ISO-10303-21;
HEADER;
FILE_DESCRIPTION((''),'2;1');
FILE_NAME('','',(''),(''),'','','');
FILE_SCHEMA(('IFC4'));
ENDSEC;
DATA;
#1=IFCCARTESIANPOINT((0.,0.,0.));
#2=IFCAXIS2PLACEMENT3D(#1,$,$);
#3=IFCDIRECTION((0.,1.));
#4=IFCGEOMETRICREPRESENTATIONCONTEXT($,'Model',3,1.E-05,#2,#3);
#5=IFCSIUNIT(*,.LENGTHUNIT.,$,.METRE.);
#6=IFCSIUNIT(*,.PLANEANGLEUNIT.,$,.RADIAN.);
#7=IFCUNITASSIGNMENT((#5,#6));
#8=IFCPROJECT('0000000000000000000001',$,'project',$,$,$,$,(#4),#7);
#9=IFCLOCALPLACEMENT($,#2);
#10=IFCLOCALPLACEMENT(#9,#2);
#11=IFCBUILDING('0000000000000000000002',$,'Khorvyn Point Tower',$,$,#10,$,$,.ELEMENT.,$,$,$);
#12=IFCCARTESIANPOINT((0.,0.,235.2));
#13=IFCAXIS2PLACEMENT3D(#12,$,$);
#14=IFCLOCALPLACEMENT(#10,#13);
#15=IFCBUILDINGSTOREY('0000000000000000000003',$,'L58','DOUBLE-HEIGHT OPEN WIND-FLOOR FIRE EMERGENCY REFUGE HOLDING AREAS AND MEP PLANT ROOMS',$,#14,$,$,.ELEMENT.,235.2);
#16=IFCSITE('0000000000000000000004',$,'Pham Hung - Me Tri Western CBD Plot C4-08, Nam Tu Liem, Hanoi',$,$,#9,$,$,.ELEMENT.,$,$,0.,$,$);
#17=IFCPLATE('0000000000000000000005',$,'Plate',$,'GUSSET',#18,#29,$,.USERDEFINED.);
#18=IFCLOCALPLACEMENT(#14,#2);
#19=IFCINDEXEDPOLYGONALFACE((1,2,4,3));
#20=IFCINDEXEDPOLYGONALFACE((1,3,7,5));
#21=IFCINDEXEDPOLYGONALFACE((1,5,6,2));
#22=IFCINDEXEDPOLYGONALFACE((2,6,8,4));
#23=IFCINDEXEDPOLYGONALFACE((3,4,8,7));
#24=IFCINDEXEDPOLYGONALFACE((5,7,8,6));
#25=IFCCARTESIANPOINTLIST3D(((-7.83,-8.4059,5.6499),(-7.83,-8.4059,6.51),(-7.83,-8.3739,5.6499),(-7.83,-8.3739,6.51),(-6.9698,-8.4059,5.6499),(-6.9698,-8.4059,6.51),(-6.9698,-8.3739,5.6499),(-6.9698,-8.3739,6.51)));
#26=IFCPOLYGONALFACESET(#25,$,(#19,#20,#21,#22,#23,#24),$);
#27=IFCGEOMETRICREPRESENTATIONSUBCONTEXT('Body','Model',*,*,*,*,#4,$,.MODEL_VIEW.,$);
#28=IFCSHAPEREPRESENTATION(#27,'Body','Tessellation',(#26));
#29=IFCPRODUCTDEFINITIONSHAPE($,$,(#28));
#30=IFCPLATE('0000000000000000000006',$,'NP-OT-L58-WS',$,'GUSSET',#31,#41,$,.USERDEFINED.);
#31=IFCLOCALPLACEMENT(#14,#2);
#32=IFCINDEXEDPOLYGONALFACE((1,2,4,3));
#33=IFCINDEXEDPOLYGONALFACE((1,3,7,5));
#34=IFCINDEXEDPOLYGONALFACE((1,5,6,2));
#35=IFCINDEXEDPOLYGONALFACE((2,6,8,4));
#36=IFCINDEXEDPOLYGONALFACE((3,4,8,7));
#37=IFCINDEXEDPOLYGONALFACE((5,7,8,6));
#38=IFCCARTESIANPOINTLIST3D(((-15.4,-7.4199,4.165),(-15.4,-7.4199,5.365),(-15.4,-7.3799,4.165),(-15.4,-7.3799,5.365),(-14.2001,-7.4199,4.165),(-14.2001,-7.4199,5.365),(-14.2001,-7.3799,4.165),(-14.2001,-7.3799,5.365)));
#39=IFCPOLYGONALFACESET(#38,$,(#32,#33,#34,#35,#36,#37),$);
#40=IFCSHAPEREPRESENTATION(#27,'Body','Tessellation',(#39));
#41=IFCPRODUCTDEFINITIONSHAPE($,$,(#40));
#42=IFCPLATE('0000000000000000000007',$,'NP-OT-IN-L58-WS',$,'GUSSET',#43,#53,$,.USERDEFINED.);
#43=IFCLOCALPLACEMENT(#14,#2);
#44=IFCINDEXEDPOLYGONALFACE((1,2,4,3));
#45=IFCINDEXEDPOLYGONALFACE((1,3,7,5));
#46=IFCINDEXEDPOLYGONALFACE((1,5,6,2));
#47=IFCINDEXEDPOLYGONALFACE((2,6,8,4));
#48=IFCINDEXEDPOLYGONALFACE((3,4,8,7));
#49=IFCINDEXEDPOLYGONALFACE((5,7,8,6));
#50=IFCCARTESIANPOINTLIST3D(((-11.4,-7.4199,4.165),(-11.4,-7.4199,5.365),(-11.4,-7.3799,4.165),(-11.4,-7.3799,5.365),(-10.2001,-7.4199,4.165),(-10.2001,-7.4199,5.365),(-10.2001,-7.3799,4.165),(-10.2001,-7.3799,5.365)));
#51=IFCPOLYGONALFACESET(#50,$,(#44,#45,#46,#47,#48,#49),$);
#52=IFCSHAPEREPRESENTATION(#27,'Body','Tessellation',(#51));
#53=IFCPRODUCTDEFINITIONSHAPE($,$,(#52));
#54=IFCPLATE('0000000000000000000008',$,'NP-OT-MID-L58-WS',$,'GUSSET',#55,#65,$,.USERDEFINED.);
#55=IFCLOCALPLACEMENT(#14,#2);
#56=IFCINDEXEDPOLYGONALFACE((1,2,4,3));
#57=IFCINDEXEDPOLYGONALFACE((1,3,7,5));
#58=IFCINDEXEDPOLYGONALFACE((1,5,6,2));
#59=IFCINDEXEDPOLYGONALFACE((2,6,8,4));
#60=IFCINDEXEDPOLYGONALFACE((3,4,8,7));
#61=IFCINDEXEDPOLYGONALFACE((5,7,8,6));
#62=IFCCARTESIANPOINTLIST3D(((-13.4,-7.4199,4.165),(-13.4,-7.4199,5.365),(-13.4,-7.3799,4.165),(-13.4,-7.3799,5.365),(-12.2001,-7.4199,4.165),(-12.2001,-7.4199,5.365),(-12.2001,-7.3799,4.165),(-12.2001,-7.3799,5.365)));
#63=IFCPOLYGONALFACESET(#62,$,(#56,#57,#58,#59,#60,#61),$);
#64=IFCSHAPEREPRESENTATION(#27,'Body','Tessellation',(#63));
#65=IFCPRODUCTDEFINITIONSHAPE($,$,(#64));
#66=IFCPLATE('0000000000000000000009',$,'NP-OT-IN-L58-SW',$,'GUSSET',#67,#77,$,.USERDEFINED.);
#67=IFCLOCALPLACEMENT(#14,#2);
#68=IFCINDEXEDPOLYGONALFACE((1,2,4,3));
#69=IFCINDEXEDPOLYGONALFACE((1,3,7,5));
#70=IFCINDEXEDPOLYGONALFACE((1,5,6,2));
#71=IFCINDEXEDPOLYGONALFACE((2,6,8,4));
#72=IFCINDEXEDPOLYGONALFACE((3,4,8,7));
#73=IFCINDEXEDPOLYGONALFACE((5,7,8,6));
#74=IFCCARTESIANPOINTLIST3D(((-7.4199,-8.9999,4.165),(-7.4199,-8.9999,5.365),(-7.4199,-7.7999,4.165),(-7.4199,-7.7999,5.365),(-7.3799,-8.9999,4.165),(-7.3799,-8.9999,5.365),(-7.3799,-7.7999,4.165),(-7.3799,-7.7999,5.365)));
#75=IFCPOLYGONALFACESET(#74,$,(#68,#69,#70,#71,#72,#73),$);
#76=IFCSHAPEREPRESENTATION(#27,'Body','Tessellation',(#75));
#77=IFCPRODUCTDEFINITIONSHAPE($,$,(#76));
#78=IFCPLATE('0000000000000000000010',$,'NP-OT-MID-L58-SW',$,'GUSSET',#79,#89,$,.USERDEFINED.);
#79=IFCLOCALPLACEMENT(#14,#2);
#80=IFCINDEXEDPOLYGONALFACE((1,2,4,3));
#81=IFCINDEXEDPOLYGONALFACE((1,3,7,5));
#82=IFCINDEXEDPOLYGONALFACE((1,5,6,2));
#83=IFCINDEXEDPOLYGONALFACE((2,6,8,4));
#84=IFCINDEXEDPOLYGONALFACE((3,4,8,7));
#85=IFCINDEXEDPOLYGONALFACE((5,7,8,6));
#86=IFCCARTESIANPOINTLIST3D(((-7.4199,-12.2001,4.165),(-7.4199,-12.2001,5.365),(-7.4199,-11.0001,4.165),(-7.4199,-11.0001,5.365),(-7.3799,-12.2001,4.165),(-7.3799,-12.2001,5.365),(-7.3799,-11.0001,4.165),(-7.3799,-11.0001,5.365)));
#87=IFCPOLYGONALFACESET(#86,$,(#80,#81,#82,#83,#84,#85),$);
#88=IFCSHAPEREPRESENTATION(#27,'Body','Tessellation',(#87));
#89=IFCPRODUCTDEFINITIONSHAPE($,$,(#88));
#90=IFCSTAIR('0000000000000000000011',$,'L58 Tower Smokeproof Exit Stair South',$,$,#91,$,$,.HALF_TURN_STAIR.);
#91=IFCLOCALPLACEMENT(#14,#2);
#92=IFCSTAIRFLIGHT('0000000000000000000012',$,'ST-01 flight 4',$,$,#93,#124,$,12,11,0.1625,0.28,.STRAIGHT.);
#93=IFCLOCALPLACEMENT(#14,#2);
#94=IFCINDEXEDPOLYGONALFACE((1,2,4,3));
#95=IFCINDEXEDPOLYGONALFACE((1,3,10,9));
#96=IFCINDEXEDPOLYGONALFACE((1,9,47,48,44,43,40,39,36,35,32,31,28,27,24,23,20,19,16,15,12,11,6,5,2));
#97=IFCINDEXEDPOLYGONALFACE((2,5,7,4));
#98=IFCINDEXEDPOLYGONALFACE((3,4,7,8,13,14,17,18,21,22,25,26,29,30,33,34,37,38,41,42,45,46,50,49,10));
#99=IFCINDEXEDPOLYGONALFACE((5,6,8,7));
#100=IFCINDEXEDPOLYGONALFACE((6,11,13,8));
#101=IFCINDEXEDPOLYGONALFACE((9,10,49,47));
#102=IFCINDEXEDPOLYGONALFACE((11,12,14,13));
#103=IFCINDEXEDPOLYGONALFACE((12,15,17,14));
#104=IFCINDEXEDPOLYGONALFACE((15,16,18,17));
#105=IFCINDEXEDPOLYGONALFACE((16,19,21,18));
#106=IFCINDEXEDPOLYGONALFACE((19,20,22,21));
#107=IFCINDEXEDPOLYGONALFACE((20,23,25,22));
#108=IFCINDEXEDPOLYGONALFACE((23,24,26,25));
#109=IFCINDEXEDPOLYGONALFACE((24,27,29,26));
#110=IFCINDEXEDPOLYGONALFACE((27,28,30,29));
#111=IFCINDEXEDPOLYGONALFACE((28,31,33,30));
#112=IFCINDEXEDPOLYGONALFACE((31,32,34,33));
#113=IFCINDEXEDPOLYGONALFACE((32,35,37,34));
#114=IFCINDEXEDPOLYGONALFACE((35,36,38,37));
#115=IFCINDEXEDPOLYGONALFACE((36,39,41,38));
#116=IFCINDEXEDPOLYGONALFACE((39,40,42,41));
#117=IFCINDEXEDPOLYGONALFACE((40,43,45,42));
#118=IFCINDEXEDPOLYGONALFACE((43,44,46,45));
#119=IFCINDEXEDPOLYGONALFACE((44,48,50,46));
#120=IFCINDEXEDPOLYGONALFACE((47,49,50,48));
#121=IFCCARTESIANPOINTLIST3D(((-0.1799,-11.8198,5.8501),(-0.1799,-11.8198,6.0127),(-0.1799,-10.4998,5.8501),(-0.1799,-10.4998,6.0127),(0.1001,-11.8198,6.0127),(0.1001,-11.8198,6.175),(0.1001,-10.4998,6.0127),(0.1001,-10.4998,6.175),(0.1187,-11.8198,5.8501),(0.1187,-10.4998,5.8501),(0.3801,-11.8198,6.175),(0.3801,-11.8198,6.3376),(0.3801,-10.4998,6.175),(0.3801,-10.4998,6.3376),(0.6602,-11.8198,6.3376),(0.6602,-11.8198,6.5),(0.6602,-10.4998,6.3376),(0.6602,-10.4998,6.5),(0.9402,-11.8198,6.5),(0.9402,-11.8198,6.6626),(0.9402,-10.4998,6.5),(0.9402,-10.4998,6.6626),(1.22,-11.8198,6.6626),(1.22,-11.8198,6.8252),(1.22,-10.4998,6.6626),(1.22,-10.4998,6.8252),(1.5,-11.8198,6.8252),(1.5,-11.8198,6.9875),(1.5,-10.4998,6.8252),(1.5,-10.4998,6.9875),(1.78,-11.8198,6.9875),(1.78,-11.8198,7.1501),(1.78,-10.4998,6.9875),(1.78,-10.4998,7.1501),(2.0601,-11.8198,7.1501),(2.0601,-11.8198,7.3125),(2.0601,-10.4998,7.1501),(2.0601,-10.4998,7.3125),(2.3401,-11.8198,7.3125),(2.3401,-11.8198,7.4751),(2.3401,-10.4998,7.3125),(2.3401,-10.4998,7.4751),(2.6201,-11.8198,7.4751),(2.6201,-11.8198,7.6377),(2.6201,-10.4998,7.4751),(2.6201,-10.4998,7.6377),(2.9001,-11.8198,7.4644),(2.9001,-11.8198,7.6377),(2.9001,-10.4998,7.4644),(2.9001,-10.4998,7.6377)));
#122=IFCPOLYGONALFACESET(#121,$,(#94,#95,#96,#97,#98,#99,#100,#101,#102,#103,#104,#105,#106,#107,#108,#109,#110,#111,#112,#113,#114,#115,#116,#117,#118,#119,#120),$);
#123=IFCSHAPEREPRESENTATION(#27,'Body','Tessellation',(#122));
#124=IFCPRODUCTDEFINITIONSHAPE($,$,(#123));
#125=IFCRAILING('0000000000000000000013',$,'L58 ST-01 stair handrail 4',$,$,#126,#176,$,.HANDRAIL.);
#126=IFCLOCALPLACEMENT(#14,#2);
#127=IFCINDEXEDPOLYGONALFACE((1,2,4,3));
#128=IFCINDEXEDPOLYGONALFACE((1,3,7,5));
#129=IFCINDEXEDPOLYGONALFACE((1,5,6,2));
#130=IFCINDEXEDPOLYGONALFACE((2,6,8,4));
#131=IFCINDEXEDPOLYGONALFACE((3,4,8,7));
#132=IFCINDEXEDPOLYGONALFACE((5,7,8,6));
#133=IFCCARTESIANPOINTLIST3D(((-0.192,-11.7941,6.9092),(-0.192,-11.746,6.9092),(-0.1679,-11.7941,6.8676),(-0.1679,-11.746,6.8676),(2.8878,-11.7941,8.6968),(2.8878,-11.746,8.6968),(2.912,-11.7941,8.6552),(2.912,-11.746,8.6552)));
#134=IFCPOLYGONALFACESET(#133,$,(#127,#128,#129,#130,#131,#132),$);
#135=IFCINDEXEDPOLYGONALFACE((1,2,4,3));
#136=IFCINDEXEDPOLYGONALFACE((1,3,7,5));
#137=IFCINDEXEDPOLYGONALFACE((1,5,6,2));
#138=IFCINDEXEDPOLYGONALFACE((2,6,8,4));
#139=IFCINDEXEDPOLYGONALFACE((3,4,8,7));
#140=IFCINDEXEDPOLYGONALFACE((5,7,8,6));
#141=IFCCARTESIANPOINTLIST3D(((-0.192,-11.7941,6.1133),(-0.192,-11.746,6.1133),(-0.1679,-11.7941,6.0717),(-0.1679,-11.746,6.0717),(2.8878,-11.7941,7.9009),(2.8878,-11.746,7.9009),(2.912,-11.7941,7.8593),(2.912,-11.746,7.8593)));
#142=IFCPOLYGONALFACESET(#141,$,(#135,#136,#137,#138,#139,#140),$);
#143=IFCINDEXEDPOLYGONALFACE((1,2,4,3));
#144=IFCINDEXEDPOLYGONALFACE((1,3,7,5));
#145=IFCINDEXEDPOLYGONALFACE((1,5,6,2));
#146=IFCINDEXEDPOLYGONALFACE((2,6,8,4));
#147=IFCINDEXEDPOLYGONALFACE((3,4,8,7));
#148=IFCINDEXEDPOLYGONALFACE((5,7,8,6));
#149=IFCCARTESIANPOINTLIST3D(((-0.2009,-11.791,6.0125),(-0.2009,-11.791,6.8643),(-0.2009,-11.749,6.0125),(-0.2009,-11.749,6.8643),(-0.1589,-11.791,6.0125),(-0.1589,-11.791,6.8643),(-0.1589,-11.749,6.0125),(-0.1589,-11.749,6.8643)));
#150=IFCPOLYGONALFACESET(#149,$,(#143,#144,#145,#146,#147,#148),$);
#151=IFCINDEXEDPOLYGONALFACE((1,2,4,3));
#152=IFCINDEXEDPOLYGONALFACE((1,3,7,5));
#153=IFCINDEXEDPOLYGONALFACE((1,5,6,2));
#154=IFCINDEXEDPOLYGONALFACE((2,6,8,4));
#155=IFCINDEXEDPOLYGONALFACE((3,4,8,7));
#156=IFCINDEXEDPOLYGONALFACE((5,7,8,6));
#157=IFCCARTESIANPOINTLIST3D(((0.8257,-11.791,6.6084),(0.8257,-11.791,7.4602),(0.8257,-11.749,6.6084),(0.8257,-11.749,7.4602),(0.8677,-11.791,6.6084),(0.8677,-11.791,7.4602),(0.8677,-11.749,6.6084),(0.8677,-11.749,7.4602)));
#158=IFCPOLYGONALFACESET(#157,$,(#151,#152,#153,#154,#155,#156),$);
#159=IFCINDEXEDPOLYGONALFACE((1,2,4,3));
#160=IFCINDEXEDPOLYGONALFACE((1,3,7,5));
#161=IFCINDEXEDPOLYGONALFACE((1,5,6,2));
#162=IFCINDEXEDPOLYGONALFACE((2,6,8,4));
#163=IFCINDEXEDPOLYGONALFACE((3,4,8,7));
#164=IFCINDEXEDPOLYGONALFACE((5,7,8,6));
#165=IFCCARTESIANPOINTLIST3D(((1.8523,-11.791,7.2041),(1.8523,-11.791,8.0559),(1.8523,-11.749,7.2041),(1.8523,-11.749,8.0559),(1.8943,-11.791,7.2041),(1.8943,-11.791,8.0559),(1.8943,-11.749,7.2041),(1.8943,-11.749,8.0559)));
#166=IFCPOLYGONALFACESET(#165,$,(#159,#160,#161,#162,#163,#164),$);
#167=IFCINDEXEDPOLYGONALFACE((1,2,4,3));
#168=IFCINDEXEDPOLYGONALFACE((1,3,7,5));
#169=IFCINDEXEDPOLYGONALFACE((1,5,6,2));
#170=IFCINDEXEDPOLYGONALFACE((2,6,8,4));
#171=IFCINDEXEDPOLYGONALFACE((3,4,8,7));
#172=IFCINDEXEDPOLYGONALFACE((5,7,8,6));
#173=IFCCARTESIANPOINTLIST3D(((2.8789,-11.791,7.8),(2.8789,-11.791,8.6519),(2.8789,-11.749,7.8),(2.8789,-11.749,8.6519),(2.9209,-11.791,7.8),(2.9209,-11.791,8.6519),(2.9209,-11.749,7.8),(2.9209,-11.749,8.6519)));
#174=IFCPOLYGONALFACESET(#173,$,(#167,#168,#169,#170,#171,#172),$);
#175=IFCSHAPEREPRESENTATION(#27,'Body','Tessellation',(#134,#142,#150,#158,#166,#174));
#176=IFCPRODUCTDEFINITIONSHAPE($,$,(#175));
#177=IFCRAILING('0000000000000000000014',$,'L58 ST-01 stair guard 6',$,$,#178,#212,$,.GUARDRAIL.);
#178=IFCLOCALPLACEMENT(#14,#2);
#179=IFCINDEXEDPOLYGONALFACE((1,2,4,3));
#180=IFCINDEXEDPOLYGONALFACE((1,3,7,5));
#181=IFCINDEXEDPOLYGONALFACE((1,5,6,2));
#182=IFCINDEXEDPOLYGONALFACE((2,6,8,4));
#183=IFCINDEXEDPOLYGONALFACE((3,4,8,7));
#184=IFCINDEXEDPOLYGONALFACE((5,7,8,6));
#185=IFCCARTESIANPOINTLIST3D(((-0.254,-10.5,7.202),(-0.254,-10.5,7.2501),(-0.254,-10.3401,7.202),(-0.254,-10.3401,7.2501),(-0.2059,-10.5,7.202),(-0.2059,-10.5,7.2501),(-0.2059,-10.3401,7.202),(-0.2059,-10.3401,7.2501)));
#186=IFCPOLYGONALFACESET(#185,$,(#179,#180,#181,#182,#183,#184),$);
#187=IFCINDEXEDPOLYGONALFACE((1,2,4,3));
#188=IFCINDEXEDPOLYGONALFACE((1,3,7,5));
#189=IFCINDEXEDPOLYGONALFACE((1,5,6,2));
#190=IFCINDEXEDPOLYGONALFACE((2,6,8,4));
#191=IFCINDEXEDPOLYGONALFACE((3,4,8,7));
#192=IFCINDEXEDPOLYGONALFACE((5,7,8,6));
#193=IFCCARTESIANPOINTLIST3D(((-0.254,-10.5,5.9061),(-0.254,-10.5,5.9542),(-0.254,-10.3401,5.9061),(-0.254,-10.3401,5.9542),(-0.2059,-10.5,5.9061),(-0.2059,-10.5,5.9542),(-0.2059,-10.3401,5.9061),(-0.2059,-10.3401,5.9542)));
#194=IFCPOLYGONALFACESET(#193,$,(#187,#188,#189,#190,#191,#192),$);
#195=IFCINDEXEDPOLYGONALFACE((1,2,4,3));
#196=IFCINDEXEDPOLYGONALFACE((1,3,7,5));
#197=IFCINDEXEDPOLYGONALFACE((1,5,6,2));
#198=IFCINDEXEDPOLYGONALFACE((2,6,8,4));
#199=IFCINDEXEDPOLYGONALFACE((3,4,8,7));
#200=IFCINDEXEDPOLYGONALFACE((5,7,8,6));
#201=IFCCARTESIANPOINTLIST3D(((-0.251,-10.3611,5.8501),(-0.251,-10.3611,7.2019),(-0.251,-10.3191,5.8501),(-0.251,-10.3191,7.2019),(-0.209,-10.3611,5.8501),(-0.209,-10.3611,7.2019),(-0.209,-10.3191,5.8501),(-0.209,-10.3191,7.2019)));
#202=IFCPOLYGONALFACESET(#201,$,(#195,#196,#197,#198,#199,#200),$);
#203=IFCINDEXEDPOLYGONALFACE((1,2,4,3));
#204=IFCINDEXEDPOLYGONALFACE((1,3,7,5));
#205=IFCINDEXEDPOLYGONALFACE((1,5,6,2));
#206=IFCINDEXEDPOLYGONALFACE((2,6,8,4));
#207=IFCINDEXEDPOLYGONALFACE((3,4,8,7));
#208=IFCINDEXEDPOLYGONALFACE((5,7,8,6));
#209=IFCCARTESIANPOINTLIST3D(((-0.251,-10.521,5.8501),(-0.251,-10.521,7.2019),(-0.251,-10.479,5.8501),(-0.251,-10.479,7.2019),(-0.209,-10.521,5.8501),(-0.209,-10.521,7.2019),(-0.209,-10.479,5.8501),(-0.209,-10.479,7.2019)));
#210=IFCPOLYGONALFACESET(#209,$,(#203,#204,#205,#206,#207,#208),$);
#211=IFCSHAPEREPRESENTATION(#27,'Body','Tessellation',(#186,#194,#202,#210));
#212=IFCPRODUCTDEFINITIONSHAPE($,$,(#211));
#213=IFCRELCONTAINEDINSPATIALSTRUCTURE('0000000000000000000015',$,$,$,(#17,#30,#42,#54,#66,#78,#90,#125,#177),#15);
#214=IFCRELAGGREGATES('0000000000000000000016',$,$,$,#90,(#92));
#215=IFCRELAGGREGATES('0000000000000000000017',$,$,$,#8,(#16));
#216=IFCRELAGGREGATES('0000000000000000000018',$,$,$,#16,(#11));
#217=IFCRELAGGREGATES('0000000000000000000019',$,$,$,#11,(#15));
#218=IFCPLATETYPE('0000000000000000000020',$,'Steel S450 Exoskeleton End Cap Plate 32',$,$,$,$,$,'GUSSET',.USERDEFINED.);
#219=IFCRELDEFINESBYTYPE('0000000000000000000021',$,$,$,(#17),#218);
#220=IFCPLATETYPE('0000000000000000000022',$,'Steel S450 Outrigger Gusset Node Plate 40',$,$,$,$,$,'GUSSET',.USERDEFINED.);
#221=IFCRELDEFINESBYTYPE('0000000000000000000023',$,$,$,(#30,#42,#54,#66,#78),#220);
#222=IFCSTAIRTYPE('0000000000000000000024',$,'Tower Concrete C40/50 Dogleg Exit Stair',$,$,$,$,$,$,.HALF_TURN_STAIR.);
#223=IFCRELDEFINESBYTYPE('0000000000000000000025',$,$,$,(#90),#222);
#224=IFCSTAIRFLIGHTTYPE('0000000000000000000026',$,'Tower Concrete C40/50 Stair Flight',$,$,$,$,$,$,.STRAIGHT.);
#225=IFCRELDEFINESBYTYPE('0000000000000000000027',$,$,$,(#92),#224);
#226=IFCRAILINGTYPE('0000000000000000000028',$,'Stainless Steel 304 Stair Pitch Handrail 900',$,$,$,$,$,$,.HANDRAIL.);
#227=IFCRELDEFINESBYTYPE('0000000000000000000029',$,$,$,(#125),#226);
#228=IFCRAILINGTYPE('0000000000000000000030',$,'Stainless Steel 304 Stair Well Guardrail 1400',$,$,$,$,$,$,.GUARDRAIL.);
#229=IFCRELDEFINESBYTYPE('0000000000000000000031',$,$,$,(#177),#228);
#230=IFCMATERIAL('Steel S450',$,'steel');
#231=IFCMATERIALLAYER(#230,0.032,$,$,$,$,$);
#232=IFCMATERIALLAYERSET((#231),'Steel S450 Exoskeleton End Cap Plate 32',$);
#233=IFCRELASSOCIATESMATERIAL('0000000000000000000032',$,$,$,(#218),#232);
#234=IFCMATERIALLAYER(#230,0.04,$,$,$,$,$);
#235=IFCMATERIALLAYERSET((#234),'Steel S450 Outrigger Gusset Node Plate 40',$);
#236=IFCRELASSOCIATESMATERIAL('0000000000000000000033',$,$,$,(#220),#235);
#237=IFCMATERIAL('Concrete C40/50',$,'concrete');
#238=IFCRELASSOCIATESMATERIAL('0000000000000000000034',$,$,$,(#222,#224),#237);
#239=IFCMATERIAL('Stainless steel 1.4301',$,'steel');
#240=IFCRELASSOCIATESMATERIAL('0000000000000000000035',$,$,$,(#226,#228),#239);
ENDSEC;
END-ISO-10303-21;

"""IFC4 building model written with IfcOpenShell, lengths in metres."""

from ifc_helpers import new_model, si_unit, direction, frame, origin, origin_2d, place, context, subcontext, project, spatial, polyline, rectangle, outline, extrude, material, layer, layer_set, type_object, element, aggregate, save


model = new_model("IFC4")

# Units and contexts
model_context = context("Model", 3, precision=1e-05, world=origin(), true_north=direction((0.0, 1.0)))
body_context = subcontext(model_context, "Body", "Model", "MODEL_VIEW")
ifc_project = project(units=[si_unit("LENGTHUNIT", "METRE"), si_unit("PLANEANGLEUNIT", "RADIAN")], contexts=[model_context])

# Site, building, storey
site_placement = place(None, origin())
site = spatial("IfcSite", under=ifc_project, at=site_placement, Name="Pham Hung - Me Tri Western CBD Plot C4-08, Nam Tu Liem, Hanoi", CompositionType="ELEMENT", RefElevation=0.0)
building_placement = place(site_placement, origin())
building = spatial("IfcBuilding", under=site, at=building_placement, Name="Khorvyn Point Tower", CompositionType="ELEMENT")
storey_placement = place(building_placement, frame((0.0, 0.0, 235.2)))
storey = spatial("IfcBuildingStorey", under=building, at=storey_placement, Name="L58", Description="DOUBLE-HEIGHT OPEN WIND-FLOOR FIRE EMERGENCY REFUGE HOLDING AREAS AND MEP PLANT ROOMS", CompositionType="ELEMENT", Elevation=235.2)

# Shared definitions
ifc_material_1 = material(Name="Steel S450", Category="steel")

# Plates
ifc_layer_1 = layer(ifc_material_1, 0.032)
ifc_layer_set_1 = layer_set([ifc_layer_1], Name="Steel S450 Exoskeleton End Cap Plate 32")
plate_type_1 = type_object("IfcPlateType", Name="Steel S450 Exoskeleton End Cap Plate 32", ElementType="GUSSET", PredefinedType="USERDEFINED", material=ifc_layer_set_1)
plate_1_placement = place(storey_placement, frame((-7.3999, -8.3899, 5.6499), z_axis=(0.0, 0.0, 1.0), x_axis=(1.0, 0.0, 0.0)))
element("IfcPlate", 1, at=plate_1_placement, inside=storey, type_object=plate_type_1, Name="Plate", ObjectType="GUSSET", PredefinedType="USERDEFINED", context=body_context, shape_type="SweptSolid", body=[
    extrude(rectangle(XDim=0.8601, YDim=0.032, at=origin_2d()), origin(), (0.0, 0.0, 1.0), 0.8601),
])
ifc_layer_2 = layer(ifc_material_1, 0.04)
ifc_layer_set_2 = layer_set([ifc_layer_2], Name="Steel S450 Outrigger Gusset Node Plate 40")
plate_type_2 = type_object("IfcPlateType", Name="Steel S450 Outrigger Gusset Node Plate 40", ElementType="GUSSET", PredefinedType="USERDEFINED", material=ifc_layer_set_2)
for number, where, z_axis, x_axis, name in (
    (2, (-14.8, -7.3999, 4.165), (0.0, 0.0, 1.0), (1.0, 0.0, 0.0), "NP-OT-L58-WS"),
    (3, (-10.8, -7.3999, 4.165), (0.0, 0.0, 1.0), (1.0, 0.0, 0.0), "NP-OT-IN-L58-WS"),
    (4, (-12.8, -7.3999, 4.165), (0.0, 0.0, 1.0), (1.0, 0.0, 0.0), "NP-OT-MID-L58-WS"),
):
    element("IfcPlate", number, at=place(storey_placement, frame(where, z_axis=z_axis, x_axis=x_axis)), inside=storey, type_object=plate_type_2, Name=name, ObjectType="GUSSET", PredefinedType="USERDEFINED", context=body_context, shape_type="SweptSolid", body=[
        extrude(rectangle(XDim=1.2, YDim=0.04, at=origin_2d()), origin(), (0.0, 0.0, 1.0), 1.2),
    ])
for number, where, z_axis, x_axis, name in (
    (5, (-7.3999, -8.3999, 4.165), (0.0, 0.0, 1.0), (1.0, 0.0, 0.0), "NP-OT-IN-L58-SW"),
    (6, (-7.3999, -11.6001, 4.165), (0.0, 0.0, 1.0), (1.0, 0.0, 0.0), "NP-OT-MID-L58-SW"),
):
    element("IfcPlate", number, at=place(storey_placement, frame(where, z_axis=z_axis, x_axis=x_axis)), inside=storey, type_object=plate_type_2, Name=name, ObjectType="GUSSET", PredefinedType="USERDEFINED", context=body_context, shape_type="SweptSolid", body=[
        extrude(rectangle(XDim=0.04, YDim=1.2, at=origin_2d()), origin(), (0.0, 0.0, 1.0), 1.2),
    ])

# Stair, stair flight
ifc_material_2 = material(Name="Concrete C40/50", Category="concrete")
stair_type = type_object("IfcStairType", Name="Tower Concrete C40/50 Dogleg Exit Stair", PredefinedType="HALF_TURN_STAIR", material=ifc_material_2)
stair_placement = place(storey_placement, origin())
stair = element("IfcStair", 7, at=stair_placement, inside=storey, type_object=stair_type, Name="L58 Tower Smokeproof Exit Stair South", PredefinedType="HALF_TURN_STAIR")
stair_flight_type = type_object("IfcStairFlightType", Name="Tower Concrete C40/50 Stair Flight", PredefinedType="STRAIGHT", material=ifc_material_2)
stair_flight_placement = place(storey_placement, frame((-0.1799, -11.1599, 5.8501), z_axis=(0.0, 0.0, 1.0), x_axis=(1.0, 0.0, 0.0)))
stair_flight = element("IfcStairFlight", 8, at=stair_flight_placement, type_object=stair_flight_type, Name="ST-01 flight 4", NumberOfRisers=12, NumberOfTreads=11, PredefinedType="STRAIGHT", RiserHeight=0.1625, TreadLength=0.28, context=body_context, shape_type="SweptSolid", body=[
    extrude(outline(polyline([(0.0, 0.0), (0.0, 0.1626), (0.28, 0.1626), (0.28, 0.325), (0.5601, 0.325), (0.5601, 0.4875), (0.8401, 0.4875), (0.8401, 0.6499), (1.1201, 0.6499), (1.1201, 0.8125), (1.3999, 0.8125), (1.3999, 0.9751), (1.6799, 0.9751), (1.6799, 1.1375), (1.96, 1.1375), (1.96, 1.3), (2.24, 1.3), (2.24, 1.4624), (2.52, 1.4624), (2.52, 1.625), (2.8, 1.625), (2.8, 1.7876), (3.0801, 1.7876), (3.0801, 1.95), (3.0801, 1.6143), (0.2986, 0.0), (0.0, 0.0)])), frame((0.0, 0.6602, 0.0), z_axis=(0.0, -1.0, 0.0), x_axis=(1.0, 0.0, 0.0)), (0.0, 0.0, 1.0), 1.3201),
])
aggregate(stair, [stair_flight])

# Railings
ifc_material_3 = material(Name="Stainless steel 1.4301", Category="steel")
railing_type_1 = type_object("IfcRailingType", Name="Stainless Steel 304 Stair Pitch Handrail 900", PredefinedType="HANDRAIL", material=ifc_material_3)
railing_1_placement = place(storey_placement, frame((-0.1799, -11.77, 6.0125)))
element("IfcRailing", 9, at=railing_1_placement, inside=storey, type_object=railing_type_1, Name="L58 ST-01 stair handrail 4", PredefinedType="HANDRAIL", context=body_context, shape_type="SweptSolid", body=[
    extrude(rectangle(XDim=0.0481, YDim=0.0481, at=origin_2d()), frame((0.0, 0.0, 0.876), z_axis=(0.864873, 0.0, 0.50199), x_axis=(0.0, 1.0, 0.0)), (0.0, 0.0, 1.0), 3.561),
    extrude(rectangle(XDim=0.0481, YDim=0.0481, at=origin_2d()), frame((0.0, 0.0, 0.0801), z_axis=(0.864873, 0.0, 0.50199), x_axis=(0.0, 1.0, 0.0)), (0.0, 0.0, 1.0), 3.561),
    extrude(rectangle(XDim=0.042, YDim=0.042, at=origin_2d()), origin(), (0.0, 0.0, 1.0), 0.8518),
    extrude(rectangle(XDim=0.042, YDim=0.042, at=origin_2d()), frame((1.0266, 0.0, 0.5959)), (0.0, 0.0, 1.0), 0.8518),
    extrude(rectangle(XDim=0.042, YDim=0.042, at=origin_2d()), frame((2.0532, 0.0, 1.1917)), (0.0, 0.0, 1.0), 0.8518),
    extrude(rectangle(XDim=0.042, YDim=0.042, at=origin_2d()), frame((3.0798, 0.0, 1.7876)), (0.0, 0.0, 1.0), 0.8518),
])
railing_type_2 = type_object("IfcRailingType", Name="Stainless Steel 304 Stair Well Guardrail 1400", PredefinedType="GUARDRAIL", material=ifc_material_3)
railing_2_placement = place(storey_placement, frame((-0.23, -10.3401, 5.8501)))
element("IfcRailing", 10, at=railing_2_placement, inside=storey, type_object=railing_type_2, Name="L58 ST-01 stair guard 6", PredefinedType="GUARDRAIL", context=body_context, shape_type="SweptSolid", body=[
    extrude(rectangle(XDim=0.0481, YDim=0.0481, at=origin_2d()), frame((0.0, 0.0, 1.376), z_axis=(0.0, -1.0, 0.0), x_axis=(1.0, 0.0, 0.0)), (0.0, 0.0, 1.0), 0.1599),
    extrude(rectangle(XDim=0.0481, YDim=0.0481, at=origin_2d()), frame((0.0, 0.0, 0.0801), z_axis=(0.0, -1.0, 0.0), x_axis=(1.0, 0.0, 0.0)), (0.0, 0.0, 1.0), 0.1599),
    extrude(rectangle(XDim=0.042, YDim=0.042, at=origin_2d()), origin(), (0.0, 0.0, 1.0), 1.3518),
    extrude(rectangle(XDim=0.042, YDim=0.042, at=origin_2d()), frame((0.0, -0.1599, 0.0)), (0.0, 0.0, 1.0), 1.3518),
])

save(model, "model.ifc")
